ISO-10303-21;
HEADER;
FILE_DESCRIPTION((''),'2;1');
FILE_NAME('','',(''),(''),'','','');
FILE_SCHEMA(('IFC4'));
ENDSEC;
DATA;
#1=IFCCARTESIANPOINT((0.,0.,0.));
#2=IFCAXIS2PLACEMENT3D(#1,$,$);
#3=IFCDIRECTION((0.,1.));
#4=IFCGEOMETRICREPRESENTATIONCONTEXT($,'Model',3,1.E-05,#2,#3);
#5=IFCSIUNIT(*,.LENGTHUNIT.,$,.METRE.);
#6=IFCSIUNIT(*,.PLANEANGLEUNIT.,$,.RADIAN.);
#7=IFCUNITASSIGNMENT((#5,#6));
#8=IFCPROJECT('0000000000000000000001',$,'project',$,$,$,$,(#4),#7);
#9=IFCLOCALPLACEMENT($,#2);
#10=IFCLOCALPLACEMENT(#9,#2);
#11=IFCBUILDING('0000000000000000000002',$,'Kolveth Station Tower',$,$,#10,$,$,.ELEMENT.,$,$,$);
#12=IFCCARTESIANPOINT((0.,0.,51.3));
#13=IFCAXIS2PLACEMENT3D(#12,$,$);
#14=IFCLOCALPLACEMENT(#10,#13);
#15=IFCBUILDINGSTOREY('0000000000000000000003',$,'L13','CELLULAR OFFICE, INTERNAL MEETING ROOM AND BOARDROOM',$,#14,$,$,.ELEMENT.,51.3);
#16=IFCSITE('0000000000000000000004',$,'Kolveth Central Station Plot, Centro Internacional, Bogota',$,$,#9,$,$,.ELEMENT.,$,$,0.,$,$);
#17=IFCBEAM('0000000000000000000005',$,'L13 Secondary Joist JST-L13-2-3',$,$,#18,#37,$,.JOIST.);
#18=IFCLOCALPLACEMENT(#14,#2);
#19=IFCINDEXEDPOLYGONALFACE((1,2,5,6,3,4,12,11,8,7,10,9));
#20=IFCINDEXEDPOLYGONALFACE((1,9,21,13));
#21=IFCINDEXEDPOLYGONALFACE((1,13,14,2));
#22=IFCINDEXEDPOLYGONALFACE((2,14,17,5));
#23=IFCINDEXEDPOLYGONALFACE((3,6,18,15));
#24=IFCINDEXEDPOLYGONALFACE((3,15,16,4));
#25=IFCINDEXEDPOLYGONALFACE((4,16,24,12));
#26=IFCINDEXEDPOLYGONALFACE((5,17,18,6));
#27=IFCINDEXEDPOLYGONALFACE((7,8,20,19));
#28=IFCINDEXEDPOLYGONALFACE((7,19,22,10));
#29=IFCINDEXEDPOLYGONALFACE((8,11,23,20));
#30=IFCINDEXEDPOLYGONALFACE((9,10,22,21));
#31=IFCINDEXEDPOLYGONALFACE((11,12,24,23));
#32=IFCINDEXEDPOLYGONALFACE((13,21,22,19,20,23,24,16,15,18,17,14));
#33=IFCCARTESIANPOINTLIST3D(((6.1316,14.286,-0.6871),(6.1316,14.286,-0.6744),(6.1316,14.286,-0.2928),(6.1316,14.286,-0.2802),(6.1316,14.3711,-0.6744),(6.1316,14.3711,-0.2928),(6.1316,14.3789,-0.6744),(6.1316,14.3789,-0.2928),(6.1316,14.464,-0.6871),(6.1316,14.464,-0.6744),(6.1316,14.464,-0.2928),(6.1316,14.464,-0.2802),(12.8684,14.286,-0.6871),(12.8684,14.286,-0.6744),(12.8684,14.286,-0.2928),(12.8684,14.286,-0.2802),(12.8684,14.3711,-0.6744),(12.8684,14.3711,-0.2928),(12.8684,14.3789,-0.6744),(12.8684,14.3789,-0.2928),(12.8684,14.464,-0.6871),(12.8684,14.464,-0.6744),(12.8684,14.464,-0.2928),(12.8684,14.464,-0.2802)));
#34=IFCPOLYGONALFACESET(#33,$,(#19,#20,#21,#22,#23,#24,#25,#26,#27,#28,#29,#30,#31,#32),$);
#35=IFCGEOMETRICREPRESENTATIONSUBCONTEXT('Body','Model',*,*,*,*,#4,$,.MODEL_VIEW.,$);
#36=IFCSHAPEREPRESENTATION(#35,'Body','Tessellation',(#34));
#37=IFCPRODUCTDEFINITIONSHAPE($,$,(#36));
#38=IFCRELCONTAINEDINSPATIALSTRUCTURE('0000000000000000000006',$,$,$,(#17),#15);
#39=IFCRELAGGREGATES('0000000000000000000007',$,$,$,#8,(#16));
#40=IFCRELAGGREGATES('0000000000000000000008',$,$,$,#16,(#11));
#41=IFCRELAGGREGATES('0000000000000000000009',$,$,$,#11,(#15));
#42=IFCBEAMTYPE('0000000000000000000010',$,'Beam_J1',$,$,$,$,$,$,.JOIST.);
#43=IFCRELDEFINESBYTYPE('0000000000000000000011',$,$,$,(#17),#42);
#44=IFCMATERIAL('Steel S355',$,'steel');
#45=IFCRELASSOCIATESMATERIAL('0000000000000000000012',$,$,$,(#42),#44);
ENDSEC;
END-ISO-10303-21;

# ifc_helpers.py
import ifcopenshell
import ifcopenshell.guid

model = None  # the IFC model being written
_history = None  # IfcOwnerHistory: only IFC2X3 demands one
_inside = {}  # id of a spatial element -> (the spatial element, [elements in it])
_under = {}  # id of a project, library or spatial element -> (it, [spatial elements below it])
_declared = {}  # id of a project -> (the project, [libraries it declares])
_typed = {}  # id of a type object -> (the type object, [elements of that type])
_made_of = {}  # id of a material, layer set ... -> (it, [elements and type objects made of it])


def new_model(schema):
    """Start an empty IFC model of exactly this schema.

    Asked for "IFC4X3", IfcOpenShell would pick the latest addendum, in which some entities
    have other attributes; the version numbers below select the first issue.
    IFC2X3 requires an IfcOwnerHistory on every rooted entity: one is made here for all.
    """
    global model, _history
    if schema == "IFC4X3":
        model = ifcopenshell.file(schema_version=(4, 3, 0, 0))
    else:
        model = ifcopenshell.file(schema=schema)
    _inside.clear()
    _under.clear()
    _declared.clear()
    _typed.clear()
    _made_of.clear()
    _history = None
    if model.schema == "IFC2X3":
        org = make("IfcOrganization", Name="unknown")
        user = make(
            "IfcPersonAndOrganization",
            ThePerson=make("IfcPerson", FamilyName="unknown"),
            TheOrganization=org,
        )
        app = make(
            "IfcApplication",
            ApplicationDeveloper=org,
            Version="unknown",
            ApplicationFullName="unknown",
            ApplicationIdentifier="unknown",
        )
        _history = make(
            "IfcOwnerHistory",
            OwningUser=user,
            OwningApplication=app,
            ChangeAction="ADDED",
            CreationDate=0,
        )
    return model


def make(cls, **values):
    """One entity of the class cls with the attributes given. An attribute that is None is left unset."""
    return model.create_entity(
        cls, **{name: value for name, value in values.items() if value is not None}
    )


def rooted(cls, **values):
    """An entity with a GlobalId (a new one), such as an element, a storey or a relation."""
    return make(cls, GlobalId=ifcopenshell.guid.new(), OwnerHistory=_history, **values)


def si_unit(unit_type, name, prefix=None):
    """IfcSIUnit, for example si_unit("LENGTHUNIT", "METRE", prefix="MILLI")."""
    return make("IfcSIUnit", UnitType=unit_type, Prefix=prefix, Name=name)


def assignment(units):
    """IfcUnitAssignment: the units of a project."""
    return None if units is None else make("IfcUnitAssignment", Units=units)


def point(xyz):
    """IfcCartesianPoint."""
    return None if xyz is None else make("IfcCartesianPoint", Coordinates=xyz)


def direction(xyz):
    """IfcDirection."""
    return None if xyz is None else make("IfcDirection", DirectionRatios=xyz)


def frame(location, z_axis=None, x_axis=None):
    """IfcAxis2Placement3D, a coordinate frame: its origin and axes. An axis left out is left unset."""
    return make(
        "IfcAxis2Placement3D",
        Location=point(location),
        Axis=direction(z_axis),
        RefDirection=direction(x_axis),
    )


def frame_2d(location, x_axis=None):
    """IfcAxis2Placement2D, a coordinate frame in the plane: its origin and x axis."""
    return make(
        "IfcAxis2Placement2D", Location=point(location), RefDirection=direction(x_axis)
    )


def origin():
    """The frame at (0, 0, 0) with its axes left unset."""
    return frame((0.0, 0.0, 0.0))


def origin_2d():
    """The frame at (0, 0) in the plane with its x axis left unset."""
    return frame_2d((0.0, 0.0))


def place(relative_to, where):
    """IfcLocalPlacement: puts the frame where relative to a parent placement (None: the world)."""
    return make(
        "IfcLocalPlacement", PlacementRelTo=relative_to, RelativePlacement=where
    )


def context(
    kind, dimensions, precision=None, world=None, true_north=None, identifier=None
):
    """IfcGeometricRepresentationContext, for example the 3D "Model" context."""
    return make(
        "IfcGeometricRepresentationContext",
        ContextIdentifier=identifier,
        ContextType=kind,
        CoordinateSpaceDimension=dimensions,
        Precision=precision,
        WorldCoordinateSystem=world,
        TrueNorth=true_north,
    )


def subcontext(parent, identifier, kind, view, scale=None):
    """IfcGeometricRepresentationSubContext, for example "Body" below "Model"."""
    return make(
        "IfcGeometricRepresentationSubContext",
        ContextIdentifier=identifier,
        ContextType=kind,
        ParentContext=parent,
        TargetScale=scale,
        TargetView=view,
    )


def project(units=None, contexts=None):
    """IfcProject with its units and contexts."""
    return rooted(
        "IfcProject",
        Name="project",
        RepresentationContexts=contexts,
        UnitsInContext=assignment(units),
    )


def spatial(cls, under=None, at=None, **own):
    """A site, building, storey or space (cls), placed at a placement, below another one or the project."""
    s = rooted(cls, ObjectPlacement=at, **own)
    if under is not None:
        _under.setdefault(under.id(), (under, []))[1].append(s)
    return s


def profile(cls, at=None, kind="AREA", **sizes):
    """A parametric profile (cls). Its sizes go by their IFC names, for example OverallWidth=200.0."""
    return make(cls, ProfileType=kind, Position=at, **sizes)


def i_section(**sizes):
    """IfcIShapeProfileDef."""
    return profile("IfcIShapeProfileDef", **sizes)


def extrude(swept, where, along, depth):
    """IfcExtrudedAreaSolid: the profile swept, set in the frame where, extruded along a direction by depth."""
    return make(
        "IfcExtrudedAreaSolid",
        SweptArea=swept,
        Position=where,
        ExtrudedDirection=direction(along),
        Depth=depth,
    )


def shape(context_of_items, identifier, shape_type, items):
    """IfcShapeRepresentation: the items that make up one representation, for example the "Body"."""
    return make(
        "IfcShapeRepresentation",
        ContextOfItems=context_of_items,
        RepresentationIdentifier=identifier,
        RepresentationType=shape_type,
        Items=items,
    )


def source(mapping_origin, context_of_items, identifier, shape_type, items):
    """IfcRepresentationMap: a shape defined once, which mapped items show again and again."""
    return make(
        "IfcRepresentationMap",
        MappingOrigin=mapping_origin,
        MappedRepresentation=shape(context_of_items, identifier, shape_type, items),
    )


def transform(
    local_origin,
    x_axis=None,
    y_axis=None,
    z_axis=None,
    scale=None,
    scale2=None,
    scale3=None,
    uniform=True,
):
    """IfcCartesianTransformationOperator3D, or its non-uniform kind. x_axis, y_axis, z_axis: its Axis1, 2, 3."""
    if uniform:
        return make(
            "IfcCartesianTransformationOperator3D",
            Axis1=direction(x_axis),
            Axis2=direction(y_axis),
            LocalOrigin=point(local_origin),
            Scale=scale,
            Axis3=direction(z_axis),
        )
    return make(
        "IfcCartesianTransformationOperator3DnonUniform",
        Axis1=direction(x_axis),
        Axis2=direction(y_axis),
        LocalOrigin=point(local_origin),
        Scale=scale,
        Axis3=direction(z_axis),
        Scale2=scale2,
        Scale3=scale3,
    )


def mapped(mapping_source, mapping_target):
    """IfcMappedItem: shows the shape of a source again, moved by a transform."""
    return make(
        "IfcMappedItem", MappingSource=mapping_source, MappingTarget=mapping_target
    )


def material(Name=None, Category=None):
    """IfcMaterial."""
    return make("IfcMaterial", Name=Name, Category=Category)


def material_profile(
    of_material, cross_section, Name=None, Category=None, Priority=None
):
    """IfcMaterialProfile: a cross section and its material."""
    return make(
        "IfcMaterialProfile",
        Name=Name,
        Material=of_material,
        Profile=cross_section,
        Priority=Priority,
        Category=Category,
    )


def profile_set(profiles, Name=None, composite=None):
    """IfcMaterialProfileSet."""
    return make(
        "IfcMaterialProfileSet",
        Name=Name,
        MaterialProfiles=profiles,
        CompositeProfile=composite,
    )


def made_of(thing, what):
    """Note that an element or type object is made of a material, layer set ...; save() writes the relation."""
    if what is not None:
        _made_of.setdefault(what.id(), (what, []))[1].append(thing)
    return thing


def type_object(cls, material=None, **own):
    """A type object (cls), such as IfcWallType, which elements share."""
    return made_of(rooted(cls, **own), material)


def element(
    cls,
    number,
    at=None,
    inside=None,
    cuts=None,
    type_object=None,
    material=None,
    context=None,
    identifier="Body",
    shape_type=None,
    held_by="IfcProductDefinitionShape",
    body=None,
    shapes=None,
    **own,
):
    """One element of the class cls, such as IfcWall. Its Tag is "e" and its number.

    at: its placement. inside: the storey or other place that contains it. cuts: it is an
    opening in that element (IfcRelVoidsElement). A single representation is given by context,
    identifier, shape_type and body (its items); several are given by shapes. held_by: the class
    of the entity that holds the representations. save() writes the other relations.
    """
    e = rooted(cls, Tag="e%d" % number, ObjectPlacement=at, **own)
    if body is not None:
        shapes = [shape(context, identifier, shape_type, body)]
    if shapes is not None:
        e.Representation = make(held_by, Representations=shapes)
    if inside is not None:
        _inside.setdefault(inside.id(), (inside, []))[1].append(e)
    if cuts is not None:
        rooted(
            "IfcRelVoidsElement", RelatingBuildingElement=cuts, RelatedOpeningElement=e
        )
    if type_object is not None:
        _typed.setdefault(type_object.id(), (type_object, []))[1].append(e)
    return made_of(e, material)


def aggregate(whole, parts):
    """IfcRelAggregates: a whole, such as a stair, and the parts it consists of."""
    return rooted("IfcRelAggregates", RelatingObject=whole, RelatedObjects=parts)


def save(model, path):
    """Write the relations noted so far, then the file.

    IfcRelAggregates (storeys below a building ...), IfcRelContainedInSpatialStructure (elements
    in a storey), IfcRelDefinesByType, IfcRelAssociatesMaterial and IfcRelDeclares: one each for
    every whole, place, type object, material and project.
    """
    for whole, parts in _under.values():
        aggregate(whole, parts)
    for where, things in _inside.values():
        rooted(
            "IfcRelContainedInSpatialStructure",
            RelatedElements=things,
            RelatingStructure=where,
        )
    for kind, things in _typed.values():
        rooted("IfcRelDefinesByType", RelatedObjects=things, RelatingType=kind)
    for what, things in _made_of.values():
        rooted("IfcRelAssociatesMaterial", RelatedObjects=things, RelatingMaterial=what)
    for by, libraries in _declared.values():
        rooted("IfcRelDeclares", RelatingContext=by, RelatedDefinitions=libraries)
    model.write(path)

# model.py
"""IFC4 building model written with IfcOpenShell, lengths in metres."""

from ifc_helpers import new_model, si_unit, direction, frame, origin, origin_2d, place, context, subcontext, project, spatial, i_section, extrude, source, transform, mapped, material, material_profile, profile_set, type_object, element, save


model = new_model("IFC4")

# Units and contexts
model_context = context("Model", 3, precision=1e-05, world=origin(), true_north=direction((0.0, 1.0)))
body_context = subcontext(model_context, "Body", "Model", "MODEL_VIEW")
ifc_project = project(units=[si_unit("LENGTHUNIT", "METRE"), si_unit("PLANEANGLEUNIT", "RADIAN")], contexts=[model_context])

# Site, building, storey
site_placement = place(None, origin())
site = spatial("IfcSite", under=ifc_project, at=site_placement, Name="Kolveth Central Station Plot, Centro Internacional, Bogota", CompositionType="ELEMENT", RefElevation=0.0)
building_placement = place(site_placement, origin())
building = spatial("IfcBuilding", under=site, at=building_placement, Name="Kolveth Station Tower", CompositionType="ELEMENT")
storey_placement = place(building_placement, frame((0.0, 0.0, 51.3)))
storey = spatial("IfcBuildingStorey", under=building, at=storey_placement, Name="L13", Description="CELLULAR OFFICE, INTERNAL MEETING ROOM AND BOARDROOM", CompositionType="ELEMENT", Elevation=51.3)

# Beam
ifc_material_1 = material(Name="Steel S355", Category="steel")
ifc_material_profile_1 = material_profile(ifc_material_1, i_section(OverallWidth=0.178, OverallDepth=0.407, WebThickness=0.0078, FlangeThickness=0.0127, at=origin_2d()), Name="W410x60")
ifc_profile_set_1 = profile_set([ifc_material_profile_1], Name="Steel S355")
beam_type_1 = type_object("IfcBeamType", Name="Beam_J1", PredefinedType="JOIST", material=ifc_profile_set_1)
shared_shape_1 = source(origin(), body_context, "Body", "SweptSolid", [
    extrude(i_section(OverallWidth=0.178, OverallDepth=0.407, WebThickness=0.0078, FlangeThickness=0.0127, at=origin_2d()), origin(), (0.0, 0.0, 1.0), 6.7368),
])
beam_placement = place(storey_placement, frame((6.1316, 14.375, -0.4836), z_axis=(1.0, 0.0, 0.0), x_axis=(0.0, 1.0, 0.0)))
element("IfcBeam", 1, at=beam_placement, inside=storey, type_object=beam_type_1, Name="L13 Secondary Joist JST-L13-2-3", PredefinedType="JOIST", context=body_context, shape_type="MappedRepresentation", body=[
    mapped(shared_shape_1, transform((0.0, 0.0, 0.0), x_axis=(1.0, 0.0, 0.0), y_axis=(0.0, 1.0, 0.0), z_axis=(0.0, 0.0, 1.0), scale=1.0)),
])

save(model, "model.ifc")
